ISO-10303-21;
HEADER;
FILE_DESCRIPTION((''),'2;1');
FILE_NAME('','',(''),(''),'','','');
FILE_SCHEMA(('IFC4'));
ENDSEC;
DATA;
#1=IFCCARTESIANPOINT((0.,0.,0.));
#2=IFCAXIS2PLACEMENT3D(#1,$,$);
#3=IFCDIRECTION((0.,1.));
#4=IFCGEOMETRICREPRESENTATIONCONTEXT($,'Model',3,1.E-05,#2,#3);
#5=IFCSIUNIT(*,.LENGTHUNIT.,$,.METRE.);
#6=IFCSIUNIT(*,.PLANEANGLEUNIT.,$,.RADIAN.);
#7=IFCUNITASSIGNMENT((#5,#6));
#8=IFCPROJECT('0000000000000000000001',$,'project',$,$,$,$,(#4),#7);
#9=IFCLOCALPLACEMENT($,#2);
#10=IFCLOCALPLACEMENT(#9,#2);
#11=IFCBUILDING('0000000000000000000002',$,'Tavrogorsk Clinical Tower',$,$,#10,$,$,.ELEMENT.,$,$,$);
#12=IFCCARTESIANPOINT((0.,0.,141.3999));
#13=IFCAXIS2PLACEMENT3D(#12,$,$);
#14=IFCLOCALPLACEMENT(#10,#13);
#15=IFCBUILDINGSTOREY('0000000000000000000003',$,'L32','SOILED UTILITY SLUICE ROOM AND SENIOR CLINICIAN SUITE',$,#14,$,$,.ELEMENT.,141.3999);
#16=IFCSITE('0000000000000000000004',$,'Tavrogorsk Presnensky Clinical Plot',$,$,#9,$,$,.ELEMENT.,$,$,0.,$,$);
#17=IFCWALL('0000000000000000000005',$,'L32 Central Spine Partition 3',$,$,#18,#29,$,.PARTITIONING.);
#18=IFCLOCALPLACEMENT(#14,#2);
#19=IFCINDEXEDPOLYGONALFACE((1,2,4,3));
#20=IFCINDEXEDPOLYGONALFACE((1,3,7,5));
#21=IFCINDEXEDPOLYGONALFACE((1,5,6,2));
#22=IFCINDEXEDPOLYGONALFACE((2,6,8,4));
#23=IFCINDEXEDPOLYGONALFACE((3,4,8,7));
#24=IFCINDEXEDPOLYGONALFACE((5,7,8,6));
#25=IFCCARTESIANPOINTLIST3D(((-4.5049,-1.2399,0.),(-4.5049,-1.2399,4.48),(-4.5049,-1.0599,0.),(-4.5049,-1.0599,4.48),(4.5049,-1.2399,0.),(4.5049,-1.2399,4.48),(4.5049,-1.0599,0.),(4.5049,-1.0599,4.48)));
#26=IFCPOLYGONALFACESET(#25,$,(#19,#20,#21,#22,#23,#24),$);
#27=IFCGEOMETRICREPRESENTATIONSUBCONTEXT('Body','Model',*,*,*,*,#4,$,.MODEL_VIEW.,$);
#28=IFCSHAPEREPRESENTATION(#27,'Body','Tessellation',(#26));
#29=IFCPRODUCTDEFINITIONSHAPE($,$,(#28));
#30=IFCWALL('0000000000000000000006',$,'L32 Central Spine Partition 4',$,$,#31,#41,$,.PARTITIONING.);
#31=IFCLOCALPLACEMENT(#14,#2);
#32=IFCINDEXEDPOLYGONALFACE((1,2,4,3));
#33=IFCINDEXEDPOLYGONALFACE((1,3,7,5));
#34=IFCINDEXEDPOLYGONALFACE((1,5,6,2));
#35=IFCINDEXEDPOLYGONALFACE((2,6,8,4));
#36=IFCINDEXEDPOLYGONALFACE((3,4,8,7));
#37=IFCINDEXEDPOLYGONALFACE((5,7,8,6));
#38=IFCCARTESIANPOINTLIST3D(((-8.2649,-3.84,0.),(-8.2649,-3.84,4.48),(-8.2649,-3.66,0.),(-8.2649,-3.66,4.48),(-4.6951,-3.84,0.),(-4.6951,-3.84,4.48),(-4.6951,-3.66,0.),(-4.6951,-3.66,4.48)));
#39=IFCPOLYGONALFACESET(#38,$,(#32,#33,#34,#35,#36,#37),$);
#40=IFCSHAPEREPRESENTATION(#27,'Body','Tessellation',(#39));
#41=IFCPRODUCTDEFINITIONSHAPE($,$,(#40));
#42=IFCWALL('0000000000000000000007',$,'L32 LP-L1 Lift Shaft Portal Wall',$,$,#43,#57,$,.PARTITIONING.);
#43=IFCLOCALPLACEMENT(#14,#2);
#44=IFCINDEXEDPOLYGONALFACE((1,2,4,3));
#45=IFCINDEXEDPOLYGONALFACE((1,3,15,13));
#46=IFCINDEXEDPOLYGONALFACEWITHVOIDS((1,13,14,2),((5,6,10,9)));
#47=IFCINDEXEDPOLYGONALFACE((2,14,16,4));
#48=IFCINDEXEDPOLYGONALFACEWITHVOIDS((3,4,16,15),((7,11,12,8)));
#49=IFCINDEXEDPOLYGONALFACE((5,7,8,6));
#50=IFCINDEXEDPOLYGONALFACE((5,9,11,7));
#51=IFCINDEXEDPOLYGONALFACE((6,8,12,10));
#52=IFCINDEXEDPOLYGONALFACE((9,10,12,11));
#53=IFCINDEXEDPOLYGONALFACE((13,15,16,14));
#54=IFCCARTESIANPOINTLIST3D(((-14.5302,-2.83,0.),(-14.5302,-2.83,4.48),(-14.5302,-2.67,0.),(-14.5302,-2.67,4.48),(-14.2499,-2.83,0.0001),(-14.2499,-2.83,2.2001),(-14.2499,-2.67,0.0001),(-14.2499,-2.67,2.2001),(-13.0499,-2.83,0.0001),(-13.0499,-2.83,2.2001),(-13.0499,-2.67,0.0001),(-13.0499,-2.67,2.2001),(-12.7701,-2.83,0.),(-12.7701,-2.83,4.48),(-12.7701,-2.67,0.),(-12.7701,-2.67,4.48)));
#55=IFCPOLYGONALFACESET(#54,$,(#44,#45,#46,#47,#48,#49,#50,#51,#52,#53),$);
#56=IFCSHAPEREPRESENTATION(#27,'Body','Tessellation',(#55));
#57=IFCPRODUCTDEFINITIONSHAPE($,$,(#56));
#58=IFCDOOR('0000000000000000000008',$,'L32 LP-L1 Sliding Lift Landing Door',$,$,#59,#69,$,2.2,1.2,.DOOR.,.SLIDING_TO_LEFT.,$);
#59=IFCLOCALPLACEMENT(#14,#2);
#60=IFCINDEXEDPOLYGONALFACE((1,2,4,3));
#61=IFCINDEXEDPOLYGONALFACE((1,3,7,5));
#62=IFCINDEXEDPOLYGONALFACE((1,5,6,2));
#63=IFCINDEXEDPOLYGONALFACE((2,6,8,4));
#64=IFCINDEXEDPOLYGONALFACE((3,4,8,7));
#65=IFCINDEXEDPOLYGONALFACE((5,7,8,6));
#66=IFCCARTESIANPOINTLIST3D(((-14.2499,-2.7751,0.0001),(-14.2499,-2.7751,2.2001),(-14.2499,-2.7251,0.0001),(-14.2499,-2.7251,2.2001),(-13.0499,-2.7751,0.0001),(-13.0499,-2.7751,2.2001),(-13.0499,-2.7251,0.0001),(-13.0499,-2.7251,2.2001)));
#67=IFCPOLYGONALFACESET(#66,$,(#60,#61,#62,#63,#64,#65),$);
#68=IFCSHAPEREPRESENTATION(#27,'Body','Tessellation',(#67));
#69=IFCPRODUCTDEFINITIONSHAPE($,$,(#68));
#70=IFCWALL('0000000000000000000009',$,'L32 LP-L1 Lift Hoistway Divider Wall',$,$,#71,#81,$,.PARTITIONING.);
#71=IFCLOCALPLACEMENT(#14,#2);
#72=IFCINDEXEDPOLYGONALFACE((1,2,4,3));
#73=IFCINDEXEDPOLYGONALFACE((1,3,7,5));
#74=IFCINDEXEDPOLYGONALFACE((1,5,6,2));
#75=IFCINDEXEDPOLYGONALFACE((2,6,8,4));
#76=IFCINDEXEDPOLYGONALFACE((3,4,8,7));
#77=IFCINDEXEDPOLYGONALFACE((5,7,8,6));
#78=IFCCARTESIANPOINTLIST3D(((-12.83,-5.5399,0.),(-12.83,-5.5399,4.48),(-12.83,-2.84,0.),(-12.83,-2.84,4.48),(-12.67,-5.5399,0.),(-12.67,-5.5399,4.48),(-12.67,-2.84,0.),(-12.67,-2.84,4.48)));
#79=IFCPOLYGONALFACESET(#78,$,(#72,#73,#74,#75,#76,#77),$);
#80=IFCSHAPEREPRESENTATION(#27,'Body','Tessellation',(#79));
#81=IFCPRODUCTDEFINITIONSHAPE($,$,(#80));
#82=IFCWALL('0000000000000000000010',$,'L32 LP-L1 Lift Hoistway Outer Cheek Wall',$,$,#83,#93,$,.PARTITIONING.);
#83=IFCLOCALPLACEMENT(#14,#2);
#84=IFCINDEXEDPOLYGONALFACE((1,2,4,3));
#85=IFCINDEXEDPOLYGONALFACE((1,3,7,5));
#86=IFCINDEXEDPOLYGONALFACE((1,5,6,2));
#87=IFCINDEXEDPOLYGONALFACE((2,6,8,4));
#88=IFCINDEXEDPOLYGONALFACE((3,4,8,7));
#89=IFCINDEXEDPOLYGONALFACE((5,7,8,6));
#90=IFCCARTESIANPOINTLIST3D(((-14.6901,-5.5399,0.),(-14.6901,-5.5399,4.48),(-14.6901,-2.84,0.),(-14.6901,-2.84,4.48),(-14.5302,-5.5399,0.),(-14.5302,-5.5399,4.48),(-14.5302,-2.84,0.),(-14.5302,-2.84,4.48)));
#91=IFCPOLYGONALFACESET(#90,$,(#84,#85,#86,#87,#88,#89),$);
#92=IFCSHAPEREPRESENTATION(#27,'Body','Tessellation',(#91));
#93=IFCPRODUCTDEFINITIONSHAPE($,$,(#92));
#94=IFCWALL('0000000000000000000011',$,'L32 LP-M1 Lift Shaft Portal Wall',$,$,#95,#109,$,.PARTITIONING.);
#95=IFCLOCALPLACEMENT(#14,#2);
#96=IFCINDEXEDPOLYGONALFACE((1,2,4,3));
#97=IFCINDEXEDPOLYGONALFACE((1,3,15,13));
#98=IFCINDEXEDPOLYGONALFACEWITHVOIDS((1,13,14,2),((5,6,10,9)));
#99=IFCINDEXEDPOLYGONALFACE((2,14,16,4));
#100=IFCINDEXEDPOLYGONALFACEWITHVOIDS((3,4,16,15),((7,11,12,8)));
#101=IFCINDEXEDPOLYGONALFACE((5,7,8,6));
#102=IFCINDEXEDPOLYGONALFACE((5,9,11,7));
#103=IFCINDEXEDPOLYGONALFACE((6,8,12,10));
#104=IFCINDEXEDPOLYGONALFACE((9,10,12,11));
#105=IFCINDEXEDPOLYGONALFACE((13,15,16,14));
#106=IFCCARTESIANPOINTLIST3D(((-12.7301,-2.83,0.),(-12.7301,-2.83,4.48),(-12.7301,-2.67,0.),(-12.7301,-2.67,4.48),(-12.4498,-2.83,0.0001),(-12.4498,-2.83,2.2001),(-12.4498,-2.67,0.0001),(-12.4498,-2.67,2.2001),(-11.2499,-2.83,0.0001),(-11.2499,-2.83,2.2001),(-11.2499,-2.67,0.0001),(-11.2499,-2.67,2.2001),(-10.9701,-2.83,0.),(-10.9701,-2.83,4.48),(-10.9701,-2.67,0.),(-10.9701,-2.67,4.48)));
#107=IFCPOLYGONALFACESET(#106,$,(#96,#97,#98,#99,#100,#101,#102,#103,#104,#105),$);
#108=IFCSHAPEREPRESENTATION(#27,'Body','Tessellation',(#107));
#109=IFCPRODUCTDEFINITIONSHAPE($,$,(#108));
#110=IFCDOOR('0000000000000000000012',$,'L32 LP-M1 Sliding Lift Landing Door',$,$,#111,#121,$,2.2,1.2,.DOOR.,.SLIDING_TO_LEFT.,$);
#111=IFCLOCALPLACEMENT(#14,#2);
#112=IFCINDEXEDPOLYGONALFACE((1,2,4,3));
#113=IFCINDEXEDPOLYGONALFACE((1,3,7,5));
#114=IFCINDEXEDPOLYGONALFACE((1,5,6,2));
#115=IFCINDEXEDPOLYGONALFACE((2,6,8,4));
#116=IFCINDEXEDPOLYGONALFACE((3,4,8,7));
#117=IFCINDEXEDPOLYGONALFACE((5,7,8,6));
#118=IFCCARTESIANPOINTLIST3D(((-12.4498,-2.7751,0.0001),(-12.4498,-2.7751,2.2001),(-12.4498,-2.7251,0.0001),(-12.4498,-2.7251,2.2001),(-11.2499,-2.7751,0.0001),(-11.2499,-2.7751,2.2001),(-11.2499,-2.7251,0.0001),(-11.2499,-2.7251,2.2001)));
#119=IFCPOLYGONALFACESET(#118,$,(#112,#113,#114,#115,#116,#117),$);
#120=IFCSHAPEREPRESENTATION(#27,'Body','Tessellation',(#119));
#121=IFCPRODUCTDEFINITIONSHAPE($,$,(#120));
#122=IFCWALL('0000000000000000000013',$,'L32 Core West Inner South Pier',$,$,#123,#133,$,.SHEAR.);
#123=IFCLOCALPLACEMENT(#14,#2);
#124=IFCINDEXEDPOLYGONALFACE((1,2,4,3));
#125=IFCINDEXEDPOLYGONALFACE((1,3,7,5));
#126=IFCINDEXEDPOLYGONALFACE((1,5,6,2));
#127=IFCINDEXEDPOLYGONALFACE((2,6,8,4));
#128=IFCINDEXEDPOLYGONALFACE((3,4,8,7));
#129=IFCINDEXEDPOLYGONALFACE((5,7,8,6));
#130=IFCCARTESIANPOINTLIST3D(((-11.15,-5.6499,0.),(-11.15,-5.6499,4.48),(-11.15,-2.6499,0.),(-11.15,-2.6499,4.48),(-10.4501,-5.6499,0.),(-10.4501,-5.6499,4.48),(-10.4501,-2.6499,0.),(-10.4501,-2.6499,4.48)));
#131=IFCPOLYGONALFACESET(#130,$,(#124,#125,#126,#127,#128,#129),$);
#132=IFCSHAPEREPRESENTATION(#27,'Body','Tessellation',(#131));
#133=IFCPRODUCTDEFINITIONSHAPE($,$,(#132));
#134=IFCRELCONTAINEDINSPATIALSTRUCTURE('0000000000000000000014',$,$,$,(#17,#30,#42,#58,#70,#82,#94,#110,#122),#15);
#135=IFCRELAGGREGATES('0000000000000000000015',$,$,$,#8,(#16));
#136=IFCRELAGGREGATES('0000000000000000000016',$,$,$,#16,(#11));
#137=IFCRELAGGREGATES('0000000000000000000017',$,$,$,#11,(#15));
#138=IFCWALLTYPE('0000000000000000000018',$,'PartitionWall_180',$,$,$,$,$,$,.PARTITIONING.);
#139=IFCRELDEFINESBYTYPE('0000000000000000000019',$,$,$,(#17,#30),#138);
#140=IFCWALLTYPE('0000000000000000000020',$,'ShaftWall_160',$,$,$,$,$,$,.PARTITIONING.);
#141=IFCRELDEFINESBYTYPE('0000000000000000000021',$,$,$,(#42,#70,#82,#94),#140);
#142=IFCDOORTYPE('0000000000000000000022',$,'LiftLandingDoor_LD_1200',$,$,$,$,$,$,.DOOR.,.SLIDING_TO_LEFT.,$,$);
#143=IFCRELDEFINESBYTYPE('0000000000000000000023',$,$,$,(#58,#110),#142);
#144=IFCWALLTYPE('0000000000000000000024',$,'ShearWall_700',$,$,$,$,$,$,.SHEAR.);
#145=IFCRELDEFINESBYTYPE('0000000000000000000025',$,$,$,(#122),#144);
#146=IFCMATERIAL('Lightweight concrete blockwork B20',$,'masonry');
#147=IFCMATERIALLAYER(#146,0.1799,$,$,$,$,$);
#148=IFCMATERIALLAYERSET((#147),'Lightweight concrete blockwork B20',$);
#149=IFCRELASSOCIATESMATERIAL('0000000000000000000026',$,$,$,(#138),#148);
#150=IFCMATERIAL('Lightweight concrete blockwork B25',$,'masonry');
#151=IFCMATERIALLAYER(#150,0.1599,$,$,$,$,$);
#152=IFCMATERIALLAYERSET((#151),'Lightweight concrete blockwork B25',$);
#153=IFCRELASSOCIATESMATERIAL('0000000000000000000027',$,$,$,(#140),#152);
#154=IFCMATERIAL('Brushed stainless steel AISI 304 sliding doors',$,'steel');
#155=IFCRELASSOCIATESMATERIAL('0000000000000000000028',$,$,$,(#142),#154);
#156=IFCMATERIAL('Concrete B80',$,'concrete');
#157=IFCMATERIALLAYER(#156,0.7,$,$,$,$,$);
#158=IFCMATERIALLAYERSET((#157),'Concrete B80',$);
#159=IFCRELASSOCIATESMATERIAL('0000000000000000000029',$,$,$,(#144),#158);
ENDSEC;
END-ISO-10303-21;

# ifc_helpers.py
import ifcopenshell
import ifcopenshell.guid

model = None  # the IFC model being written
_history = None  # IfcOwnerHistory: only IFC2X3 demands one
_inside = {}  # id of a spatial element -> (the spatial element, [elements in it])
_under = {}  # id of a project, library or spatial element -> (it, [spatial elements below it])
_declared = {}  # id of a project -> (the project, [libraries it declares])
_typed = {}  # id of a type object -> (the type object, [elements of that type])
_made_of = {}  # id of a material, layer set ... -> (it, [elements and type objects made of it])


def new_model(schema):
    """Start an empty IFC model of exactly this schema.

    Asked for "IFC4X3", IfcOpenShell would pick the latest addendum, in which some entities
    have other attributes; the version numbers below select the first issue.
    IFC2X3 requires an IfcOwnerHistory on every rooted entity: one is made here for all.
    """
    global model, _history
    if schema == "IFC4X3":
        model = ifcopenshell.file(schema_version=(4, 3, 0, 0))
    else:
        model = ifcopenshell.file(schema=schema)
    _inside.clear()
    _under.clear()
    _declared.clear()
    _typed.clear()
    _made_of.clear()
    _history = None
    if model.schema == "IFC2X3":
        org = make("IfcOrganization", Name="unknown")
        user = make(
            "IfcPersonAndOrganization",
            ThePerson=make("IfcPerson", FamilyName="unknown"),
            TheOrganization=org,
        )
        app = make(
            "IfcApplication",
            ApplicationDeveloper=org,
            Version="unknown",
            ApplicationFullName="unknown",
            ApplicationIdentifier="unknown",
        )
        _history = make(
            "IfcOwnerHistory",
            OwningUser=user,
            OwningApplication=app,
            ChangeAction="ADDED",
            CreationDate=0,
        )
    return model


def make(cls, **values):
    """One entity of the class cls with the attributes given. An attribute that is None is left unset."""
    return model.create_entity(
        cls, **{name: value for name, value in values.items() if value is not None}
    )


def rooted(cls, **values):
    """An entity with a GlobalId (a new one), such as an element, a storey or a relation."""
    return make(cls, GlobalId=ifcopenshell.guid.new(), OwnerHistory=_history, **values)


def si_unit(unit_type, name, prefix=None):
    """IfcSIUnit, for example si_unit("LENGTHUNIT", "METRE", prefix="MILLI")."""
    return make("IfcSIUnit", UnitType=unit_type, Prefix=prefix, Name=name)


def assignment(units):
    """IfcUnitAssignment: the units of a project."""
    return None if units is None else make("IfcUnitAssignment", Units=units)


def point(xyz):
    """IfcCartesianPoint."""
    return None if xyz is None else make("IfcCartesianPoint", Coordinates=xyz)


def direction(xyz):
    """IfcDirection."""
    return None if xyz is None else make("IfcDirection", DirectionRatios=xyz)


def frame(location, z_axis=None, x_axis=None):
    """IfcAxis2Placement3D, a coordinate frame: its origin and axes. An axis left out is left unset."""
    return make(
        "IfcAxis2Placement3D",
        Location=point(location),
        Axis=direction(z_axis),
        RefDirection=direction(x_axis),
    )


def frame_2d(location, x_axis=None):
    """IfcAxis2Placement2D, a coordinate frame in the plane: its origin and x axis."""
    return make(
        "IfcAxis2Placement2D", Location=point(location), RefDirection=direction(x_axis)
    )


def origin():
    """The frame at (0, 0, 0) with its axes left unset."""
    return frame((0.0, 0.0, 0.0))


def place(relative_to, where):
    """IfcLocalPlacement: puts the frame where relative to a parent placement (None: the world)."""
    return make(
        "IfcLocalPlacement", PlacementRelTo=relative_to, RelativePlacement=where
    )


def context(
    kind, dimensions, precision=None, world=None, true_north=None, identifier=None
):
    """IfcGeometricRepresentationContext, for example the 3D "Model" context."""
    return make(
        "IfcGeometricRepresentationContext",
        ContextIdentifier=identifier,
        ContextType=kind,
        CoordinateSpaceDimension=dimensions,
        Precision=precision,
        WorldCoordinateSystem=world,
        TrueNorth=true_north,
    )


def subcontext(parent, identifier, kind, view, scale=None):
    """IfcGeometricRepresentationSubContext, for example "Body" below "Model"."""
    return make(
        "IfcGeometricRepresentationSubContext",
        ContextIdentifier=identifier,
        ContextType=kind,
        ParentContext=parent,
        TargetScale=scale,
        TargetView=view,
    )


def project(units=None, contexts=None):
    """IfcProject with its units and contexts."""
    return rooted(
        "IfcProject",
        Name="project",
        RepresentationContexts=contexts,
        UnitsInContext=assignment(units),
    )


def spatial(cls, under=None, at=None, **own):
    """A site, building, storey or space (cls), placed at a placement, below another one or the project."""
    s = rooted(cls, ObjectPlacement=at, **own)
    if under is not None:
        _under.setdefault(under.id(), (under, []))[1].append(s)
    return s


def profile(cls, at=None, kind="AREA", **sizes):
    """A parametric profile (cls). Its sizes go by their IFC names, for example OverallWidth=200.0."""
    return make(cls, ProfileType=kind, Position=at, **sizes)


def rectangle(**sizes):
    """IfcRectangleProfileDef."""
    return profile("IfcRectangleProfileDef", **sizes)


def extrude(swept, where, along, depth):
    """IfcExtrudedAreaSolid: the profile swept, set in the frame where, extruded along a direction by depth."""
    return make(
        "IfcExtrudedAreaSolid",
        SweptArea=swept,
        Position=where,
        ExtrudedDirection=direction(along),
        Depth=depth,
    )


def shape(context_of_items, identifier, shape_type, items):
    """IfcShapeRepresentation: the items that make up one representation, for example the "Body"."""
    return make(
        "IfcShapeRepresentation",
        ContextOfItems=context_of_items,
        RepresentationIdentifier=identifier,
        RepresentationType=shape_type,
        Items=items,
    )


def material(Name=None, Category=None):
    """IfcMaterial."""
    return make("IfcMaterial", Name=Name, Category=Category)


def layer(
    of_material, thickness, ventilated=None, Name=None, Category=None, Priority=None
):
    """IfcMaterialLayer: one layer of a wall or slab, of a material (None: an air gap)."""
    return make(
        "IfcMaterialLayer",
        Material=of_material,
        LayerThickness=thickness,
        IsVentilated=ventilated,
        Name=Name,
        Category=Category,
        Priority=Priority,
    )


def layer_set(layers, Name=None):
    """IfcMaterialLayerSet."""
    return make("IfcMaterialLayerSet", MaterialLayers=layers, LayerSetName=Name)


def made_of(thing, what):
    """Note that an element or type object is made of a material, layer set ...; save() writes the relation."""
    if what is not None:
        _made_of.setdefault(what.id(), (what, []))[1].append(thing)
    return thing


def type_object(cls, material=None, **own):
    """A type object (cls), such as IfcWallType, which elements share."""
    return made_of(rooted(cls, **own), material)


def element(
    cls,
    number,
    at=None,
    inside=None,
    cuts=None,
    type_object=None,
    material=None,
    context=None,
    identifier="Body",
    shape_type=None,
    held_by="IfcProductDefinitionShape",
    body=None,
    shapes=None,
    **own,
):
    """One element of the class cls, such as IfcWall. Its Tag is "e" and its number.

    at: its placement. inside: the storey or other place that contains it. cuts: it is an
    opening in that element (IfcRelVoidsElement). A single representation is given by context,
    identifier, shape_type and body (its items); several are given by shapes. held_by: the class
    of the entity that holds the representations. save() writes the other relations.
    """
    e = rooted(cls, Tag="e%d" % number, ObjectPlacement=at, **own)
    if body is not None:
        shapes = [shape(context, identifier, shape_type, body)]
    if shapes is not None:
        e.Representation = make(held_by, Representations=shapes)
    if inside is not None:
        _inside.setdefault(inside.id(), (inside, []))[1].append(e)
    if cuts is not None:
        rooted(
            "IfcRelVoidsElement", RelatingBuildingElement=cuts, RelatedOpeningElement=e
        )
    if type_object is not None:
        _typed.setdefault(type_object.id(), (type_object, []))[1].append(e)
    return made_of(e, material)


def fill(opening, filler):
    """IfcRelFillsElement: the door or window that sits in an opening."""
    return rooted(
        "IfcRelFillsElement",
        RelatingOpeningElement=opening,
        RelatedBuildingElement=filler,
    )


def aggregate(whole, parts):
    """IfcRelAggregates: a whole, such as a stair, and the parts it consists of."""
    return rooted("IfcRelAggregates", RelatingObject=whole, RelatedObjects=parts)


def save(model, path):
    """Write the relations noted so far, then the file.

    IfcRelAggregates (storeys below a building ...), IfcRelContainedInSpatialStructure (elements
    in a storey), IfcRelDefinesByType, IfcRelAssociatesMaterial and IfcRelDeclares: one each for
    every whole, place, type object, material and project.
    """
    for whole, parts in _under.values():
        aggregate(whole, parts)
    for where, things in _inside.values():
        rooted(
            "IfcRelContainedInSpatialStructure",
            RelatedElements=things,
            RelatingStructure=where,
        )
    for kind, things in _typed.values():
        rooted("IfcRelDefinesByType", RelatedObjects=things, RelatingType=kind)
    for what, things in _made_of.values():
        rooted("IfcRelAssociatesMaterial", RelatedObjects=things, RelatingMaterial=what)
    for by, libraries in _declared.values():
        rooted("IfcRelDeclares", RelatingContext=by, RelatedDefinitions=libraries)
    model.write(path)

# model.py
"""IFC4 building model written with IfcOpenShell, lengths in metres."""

from ifc_helpers import new_model, si_unit, direction, frame, frame_2d, origin, place, context, subcontext, project, spatial, rectangle, extrude, material, layer, layer_set, type_object, element, fill, save


model = new_model("IFC4")

# Units and contexts
model_context = context("Model", 3, precision=1e-05, world=origin(), true_north=direction((0.0, 1.0)))
body_context = subcontext(model_context, "Body", "Model", "MODEL_VIEW")
ifc_project = project(units=[si_unit("LENGTHUNIT", "METRE"), si_unit("PLANEANGLEUNIT", "RADIAN")], contexts=[model_context])

# Site, building, storey
site_placement = place(None, origin())
site = spatial("IfcSite", under=ifc_project, at=site_placement, Name="Tavrogorsk Presnensky Clinical Plot", CompositionType="ELEMENT", RefElevation=0.0)
building_placement = place(site_placement, origin())
building = spatial("IfcBuilding", under=site, at=building_placement, Name="Tavrogorsk Clinical Tower", CompositionType="ELEMENT")
storey_placement = place(building_placement, frame((0.0, 0.0, 141.3999)))
storey = spatial("IfcBuildingStorey", under=building, at=storey_placement, Name="L32", Description="SOILED UTILITY SLUICE ROOM AND SENIOR CLINICIAN SUITE", CompositionType="ELEMENT", Elevation=141.3999)

# Walls
ifc_material_1 = material(Name="Lightweight concrete blockwork B20", Category="masonry")
ifc_layer_1 = layer(ifc_material_1, 0.1799)
ifc_layer_set_1 = layer_set([ifc_layer_1], Name="Lightweight concrete blockwork B20")
wall_type_1 = type_object("IfcWallType", Name="PartitionWall_180", PredefinedType="PARTITIONING", material=ifc_layer_set_1)
wall_1_placement = place(storey_placement, frame((-4.5049, -1.1499, 0.0), z_axis=(0.0, 0.0, 1.0), x_axis=(1.0, 0.0, 0.0)))
element("IfcWall", 1, at=wall_1_placement, inside=storey, type_object=wall_type_1, Name="L32 Central Spine Partition 3", PredefinedType="PARTITIONING", context=body_context, shape_type="SweptSolid", body=[
    extrude(rectangle(XDim=9.0098, YDim=0.1799, at=frame_2d((4.5049, 0.0))), origin(), (0.0, 0.0, 1.0), 4.48),
])
wall_2_placement = place(storey_placement, frame((-8.2649, -3.75, 0.0), z_axis=(0.0, 0.0, 1.0), x_axis=(1.0, 0.0, 0.0)))
element("IfcWall", 2, at=wall_2_placement, inside=storey, type_object=wall_type_1, Name="L32 Central Spine Partition 4", PredefinedType="PARTITIONING", context=body_context, shape_type="SweptSolid", body=[
    extrude(rectangle(XDim=3.5698, YDim=0.1799, at=frame_2d((1.7849, 0.0))), origin(), (0.0, 0.0, 1.0), 4.48),
])

# Wall, opening, door
ifc_material_2 = material(Name="Lightweight concrete blockwork B25", Category="masonry")
ifc_layer_2 = layer(ifc_material_2, 0.1599)
ifc_layer_set_2 = layer_set([ifc_layer_2], Name="Lightweight concrete blockwork B25")
wall_type_2 = type_object("IfcWallType", Name="ShaftWall_160", PredefinedType="PARTITIONING", material=ifc_layer_set_2)
wall_3_placement = place(storey_placement, frame((-14.53, -2.75, 0.0), z_axis=(0.0, 0.0, 1.0), x_axis=(1.0, 0.0, 0.0)))
wall_3 = element("IfcWall", 3, at=wall_3_placement, inside=storey, type_object=wall_type_2, Name="L32 LP-L1 Lift Shaft Portal Wall", PredefinedType="PARTITIONING", context=body_context, shape_type="SweptSolid", body=[
    extrude(rectangle(XDim=1.76, YDim=0.1599, at=frame_2d((0.8799, 0.0))), origin(), (0.0, 0.0, 1.0), 4.48),
])
opening_1_placement = place(wall_3_placement, frame((0.28, 0.0, 0.0)))
opening_1 = element("IfcOpeningElement", 4, at=opening_1_placement, cuts=wall_3, PredefinedType="OPENING", context=body_context, shape_type="SweptSolid", body=[
    extrude(rectangle(XDim=1.2, YDim=2.2, at=frame_2d((0.6001, 1.1001))), frame((0.0, 0.0898, 0.0), z_axis=(0.0, -1.0, 0.0), x_axis=(1.0, 0.0, 0.0)), (0.0, 0.0, 1.0), 0.1799),
])
ifc_material_3 = material(Name="Brushed stainless steel AISI 304 sliding doors", Category="steel")
door_type_1 = type_object("IfcDoorType", Name="LiftLandingDoor_LD_1200", OperationType="SLIDING_TO_LEFT", PredefinedType="DOOR", material=ifc_material_3)
door_1_placement = place(opening_1_placement, origin())
door_1 = element("IfcDoor", 5, at=door_1_placement, inside=storey, type_object=door_type_1, Name="L32 LP-L1 Sliding Lift Landing Door", OperationType="SLIDING_TO_LEFT", OverallHeight=2.2, OverallWidth=1.2, PredefinedType="DOOR", context=body_context, shape_type="SweptSolid", body=[
    extrude(rectangle(XDim=1.2, YDim=2.2, at=frame_2d((0.6001, 1.1001))), frame((0.0, 0.0249, 0.0), z_axis=(0.0, -1.0, 0.0), x_axis=(1.0, 0.0, 0.0)), (0.0, 0.0, 1.0), 0.05),
])
fill(opening_1, door_1)

# Walls
for number, where, z_axis, x_axis, name in (
    (6, (-12.75, -5.54, 0.0), (0.0, 0.0, 1.0), (0.0, 1.0, 0.0), "L32 LP-L1 Lift Hoistway Divider Wall"),
    (7, (-14.6101, -5.54, 0.0), (0.0, 0.0, 1.0), (0.0, 1.0, 0.0), "L32 LP-L1 Lift Hoistway Outer Cheek Wall"),
):
    element("IfcWall", number, at=place(storey_placement, frame(where, z_axis=z_axis, x_axis=x_axis)), inside=storey, type_object=wall_type_2, Name=name, PredefinedType="PARTITIONING", context=body_context, shape_type="SweptSolid", body=[
        extrude(rectangle(XDim=2.7, YDim=0.1599, at=frame_2d((1.3501, 0.0))), origin(), (0.0, 0.0, 1.0), 4.48),
    ])

# Wall, opening, door
wall_4_placement = place(storey_placement, frame((-12.73, -2.75, 0.0), z_axis=(0.0, 0.0, 1.0), x_axis=(1.0, 0.0, 0.0)))
wall_4 = element("IfcWall", 8, at=wall_4_placement, inside=storey, type_object=wall_type_2, Name="L32 LP-M1 Lift Shaft Portal Wall", PredefinedType="PARTITIONING", context=body_context, shape_type="SweptSolid", body=[
    extrude(rectangle(XDim=1.76, YDim=0.1599, at=frame_2d((0.8799, 0.0))), origin(), (0.0, 0.0, 1.0), 4.48),
])
opening_2_placement = place(wall_4_placement, frame((0.28, 0.0, 0.0)))
opening_2 = element("IfcOpeningElement", 9, at=opening_2_placement, cuts=wall_4, PredefinedType="OPENING", context=body_context, shape_type="SweptSolid", body=[
    extrude(rectangle(XDim=1.2, YDim=2.2, at=frame_2d((0.6001, 1.1001))), frame((0.0, 0.0898, 0.0), z_axis=(0.0, -1.0, 0.0), x_axis=(1.0, 0.0, 0.0)), (0.0, 0.0, 1.0), 0.1799),
])
door_2_placement = place(opening_2_placement, origin())
door_2 = element("IfcDoor", 10, at=door_2_placement, inside=storey, type_object=door_type_1, Name="L32 LP-M1 Sliding Lift Landing Door", OperationType="SLIDING_TO_LEFT", OverallHeight=2.2, OverallWidth=1.2, PredefinedType="DOOR", context=body_context, shape_type="SweptSolid", body=[
    extrude(rectangle(XDim=1.2, YDim=2.2, at=frame_2d((0.6001, 1.1001))), frame((0.0, 0.0249, 0.0), z_axis=(0.0, -1.0, 0.0), x_axis=(1.0, 0.0, 0.0)), (0.0, 0.0, 1.0), 0.05),
])
fill(opening_2, door_2)

# Wall
ifc_material_4 = material(Name="Concrete B80", Category="concrete")
ifc_layer_3 = layer(ifc_material_4, 0.7)
ifc_layer_set_3 = layer_set([ifc_layer_3], Name="Concrete B80")
wall_type_3 = type_object("IfcWallType", Name="ShearWall_700", PredefinedType="SHEAR", material=ifc_layer_set_3)
wall_5_placement = place(storey_placement, frame((-10.8, -5.6499, 0.0), z_axis=(0.0, 0.0, 1.0), x_axis=(0.0, 1.0, 0.0)))
element("IfcWall", 11, at=wall_5_placement, inside=storey, type_object=wall_type_3, Name="L32 Core West Inner South Pier", PredefinedType="SHEAR", context=body_context, shape_type="SweptSolid", body=[
    extrude(rectangle(XDim=3.0, YDim=0.7, at=frame_2d((1.5, 0.0))), origin(), (0.0, 0.0, 1.0), 4.48),
])

save(model, "model.ifc")
